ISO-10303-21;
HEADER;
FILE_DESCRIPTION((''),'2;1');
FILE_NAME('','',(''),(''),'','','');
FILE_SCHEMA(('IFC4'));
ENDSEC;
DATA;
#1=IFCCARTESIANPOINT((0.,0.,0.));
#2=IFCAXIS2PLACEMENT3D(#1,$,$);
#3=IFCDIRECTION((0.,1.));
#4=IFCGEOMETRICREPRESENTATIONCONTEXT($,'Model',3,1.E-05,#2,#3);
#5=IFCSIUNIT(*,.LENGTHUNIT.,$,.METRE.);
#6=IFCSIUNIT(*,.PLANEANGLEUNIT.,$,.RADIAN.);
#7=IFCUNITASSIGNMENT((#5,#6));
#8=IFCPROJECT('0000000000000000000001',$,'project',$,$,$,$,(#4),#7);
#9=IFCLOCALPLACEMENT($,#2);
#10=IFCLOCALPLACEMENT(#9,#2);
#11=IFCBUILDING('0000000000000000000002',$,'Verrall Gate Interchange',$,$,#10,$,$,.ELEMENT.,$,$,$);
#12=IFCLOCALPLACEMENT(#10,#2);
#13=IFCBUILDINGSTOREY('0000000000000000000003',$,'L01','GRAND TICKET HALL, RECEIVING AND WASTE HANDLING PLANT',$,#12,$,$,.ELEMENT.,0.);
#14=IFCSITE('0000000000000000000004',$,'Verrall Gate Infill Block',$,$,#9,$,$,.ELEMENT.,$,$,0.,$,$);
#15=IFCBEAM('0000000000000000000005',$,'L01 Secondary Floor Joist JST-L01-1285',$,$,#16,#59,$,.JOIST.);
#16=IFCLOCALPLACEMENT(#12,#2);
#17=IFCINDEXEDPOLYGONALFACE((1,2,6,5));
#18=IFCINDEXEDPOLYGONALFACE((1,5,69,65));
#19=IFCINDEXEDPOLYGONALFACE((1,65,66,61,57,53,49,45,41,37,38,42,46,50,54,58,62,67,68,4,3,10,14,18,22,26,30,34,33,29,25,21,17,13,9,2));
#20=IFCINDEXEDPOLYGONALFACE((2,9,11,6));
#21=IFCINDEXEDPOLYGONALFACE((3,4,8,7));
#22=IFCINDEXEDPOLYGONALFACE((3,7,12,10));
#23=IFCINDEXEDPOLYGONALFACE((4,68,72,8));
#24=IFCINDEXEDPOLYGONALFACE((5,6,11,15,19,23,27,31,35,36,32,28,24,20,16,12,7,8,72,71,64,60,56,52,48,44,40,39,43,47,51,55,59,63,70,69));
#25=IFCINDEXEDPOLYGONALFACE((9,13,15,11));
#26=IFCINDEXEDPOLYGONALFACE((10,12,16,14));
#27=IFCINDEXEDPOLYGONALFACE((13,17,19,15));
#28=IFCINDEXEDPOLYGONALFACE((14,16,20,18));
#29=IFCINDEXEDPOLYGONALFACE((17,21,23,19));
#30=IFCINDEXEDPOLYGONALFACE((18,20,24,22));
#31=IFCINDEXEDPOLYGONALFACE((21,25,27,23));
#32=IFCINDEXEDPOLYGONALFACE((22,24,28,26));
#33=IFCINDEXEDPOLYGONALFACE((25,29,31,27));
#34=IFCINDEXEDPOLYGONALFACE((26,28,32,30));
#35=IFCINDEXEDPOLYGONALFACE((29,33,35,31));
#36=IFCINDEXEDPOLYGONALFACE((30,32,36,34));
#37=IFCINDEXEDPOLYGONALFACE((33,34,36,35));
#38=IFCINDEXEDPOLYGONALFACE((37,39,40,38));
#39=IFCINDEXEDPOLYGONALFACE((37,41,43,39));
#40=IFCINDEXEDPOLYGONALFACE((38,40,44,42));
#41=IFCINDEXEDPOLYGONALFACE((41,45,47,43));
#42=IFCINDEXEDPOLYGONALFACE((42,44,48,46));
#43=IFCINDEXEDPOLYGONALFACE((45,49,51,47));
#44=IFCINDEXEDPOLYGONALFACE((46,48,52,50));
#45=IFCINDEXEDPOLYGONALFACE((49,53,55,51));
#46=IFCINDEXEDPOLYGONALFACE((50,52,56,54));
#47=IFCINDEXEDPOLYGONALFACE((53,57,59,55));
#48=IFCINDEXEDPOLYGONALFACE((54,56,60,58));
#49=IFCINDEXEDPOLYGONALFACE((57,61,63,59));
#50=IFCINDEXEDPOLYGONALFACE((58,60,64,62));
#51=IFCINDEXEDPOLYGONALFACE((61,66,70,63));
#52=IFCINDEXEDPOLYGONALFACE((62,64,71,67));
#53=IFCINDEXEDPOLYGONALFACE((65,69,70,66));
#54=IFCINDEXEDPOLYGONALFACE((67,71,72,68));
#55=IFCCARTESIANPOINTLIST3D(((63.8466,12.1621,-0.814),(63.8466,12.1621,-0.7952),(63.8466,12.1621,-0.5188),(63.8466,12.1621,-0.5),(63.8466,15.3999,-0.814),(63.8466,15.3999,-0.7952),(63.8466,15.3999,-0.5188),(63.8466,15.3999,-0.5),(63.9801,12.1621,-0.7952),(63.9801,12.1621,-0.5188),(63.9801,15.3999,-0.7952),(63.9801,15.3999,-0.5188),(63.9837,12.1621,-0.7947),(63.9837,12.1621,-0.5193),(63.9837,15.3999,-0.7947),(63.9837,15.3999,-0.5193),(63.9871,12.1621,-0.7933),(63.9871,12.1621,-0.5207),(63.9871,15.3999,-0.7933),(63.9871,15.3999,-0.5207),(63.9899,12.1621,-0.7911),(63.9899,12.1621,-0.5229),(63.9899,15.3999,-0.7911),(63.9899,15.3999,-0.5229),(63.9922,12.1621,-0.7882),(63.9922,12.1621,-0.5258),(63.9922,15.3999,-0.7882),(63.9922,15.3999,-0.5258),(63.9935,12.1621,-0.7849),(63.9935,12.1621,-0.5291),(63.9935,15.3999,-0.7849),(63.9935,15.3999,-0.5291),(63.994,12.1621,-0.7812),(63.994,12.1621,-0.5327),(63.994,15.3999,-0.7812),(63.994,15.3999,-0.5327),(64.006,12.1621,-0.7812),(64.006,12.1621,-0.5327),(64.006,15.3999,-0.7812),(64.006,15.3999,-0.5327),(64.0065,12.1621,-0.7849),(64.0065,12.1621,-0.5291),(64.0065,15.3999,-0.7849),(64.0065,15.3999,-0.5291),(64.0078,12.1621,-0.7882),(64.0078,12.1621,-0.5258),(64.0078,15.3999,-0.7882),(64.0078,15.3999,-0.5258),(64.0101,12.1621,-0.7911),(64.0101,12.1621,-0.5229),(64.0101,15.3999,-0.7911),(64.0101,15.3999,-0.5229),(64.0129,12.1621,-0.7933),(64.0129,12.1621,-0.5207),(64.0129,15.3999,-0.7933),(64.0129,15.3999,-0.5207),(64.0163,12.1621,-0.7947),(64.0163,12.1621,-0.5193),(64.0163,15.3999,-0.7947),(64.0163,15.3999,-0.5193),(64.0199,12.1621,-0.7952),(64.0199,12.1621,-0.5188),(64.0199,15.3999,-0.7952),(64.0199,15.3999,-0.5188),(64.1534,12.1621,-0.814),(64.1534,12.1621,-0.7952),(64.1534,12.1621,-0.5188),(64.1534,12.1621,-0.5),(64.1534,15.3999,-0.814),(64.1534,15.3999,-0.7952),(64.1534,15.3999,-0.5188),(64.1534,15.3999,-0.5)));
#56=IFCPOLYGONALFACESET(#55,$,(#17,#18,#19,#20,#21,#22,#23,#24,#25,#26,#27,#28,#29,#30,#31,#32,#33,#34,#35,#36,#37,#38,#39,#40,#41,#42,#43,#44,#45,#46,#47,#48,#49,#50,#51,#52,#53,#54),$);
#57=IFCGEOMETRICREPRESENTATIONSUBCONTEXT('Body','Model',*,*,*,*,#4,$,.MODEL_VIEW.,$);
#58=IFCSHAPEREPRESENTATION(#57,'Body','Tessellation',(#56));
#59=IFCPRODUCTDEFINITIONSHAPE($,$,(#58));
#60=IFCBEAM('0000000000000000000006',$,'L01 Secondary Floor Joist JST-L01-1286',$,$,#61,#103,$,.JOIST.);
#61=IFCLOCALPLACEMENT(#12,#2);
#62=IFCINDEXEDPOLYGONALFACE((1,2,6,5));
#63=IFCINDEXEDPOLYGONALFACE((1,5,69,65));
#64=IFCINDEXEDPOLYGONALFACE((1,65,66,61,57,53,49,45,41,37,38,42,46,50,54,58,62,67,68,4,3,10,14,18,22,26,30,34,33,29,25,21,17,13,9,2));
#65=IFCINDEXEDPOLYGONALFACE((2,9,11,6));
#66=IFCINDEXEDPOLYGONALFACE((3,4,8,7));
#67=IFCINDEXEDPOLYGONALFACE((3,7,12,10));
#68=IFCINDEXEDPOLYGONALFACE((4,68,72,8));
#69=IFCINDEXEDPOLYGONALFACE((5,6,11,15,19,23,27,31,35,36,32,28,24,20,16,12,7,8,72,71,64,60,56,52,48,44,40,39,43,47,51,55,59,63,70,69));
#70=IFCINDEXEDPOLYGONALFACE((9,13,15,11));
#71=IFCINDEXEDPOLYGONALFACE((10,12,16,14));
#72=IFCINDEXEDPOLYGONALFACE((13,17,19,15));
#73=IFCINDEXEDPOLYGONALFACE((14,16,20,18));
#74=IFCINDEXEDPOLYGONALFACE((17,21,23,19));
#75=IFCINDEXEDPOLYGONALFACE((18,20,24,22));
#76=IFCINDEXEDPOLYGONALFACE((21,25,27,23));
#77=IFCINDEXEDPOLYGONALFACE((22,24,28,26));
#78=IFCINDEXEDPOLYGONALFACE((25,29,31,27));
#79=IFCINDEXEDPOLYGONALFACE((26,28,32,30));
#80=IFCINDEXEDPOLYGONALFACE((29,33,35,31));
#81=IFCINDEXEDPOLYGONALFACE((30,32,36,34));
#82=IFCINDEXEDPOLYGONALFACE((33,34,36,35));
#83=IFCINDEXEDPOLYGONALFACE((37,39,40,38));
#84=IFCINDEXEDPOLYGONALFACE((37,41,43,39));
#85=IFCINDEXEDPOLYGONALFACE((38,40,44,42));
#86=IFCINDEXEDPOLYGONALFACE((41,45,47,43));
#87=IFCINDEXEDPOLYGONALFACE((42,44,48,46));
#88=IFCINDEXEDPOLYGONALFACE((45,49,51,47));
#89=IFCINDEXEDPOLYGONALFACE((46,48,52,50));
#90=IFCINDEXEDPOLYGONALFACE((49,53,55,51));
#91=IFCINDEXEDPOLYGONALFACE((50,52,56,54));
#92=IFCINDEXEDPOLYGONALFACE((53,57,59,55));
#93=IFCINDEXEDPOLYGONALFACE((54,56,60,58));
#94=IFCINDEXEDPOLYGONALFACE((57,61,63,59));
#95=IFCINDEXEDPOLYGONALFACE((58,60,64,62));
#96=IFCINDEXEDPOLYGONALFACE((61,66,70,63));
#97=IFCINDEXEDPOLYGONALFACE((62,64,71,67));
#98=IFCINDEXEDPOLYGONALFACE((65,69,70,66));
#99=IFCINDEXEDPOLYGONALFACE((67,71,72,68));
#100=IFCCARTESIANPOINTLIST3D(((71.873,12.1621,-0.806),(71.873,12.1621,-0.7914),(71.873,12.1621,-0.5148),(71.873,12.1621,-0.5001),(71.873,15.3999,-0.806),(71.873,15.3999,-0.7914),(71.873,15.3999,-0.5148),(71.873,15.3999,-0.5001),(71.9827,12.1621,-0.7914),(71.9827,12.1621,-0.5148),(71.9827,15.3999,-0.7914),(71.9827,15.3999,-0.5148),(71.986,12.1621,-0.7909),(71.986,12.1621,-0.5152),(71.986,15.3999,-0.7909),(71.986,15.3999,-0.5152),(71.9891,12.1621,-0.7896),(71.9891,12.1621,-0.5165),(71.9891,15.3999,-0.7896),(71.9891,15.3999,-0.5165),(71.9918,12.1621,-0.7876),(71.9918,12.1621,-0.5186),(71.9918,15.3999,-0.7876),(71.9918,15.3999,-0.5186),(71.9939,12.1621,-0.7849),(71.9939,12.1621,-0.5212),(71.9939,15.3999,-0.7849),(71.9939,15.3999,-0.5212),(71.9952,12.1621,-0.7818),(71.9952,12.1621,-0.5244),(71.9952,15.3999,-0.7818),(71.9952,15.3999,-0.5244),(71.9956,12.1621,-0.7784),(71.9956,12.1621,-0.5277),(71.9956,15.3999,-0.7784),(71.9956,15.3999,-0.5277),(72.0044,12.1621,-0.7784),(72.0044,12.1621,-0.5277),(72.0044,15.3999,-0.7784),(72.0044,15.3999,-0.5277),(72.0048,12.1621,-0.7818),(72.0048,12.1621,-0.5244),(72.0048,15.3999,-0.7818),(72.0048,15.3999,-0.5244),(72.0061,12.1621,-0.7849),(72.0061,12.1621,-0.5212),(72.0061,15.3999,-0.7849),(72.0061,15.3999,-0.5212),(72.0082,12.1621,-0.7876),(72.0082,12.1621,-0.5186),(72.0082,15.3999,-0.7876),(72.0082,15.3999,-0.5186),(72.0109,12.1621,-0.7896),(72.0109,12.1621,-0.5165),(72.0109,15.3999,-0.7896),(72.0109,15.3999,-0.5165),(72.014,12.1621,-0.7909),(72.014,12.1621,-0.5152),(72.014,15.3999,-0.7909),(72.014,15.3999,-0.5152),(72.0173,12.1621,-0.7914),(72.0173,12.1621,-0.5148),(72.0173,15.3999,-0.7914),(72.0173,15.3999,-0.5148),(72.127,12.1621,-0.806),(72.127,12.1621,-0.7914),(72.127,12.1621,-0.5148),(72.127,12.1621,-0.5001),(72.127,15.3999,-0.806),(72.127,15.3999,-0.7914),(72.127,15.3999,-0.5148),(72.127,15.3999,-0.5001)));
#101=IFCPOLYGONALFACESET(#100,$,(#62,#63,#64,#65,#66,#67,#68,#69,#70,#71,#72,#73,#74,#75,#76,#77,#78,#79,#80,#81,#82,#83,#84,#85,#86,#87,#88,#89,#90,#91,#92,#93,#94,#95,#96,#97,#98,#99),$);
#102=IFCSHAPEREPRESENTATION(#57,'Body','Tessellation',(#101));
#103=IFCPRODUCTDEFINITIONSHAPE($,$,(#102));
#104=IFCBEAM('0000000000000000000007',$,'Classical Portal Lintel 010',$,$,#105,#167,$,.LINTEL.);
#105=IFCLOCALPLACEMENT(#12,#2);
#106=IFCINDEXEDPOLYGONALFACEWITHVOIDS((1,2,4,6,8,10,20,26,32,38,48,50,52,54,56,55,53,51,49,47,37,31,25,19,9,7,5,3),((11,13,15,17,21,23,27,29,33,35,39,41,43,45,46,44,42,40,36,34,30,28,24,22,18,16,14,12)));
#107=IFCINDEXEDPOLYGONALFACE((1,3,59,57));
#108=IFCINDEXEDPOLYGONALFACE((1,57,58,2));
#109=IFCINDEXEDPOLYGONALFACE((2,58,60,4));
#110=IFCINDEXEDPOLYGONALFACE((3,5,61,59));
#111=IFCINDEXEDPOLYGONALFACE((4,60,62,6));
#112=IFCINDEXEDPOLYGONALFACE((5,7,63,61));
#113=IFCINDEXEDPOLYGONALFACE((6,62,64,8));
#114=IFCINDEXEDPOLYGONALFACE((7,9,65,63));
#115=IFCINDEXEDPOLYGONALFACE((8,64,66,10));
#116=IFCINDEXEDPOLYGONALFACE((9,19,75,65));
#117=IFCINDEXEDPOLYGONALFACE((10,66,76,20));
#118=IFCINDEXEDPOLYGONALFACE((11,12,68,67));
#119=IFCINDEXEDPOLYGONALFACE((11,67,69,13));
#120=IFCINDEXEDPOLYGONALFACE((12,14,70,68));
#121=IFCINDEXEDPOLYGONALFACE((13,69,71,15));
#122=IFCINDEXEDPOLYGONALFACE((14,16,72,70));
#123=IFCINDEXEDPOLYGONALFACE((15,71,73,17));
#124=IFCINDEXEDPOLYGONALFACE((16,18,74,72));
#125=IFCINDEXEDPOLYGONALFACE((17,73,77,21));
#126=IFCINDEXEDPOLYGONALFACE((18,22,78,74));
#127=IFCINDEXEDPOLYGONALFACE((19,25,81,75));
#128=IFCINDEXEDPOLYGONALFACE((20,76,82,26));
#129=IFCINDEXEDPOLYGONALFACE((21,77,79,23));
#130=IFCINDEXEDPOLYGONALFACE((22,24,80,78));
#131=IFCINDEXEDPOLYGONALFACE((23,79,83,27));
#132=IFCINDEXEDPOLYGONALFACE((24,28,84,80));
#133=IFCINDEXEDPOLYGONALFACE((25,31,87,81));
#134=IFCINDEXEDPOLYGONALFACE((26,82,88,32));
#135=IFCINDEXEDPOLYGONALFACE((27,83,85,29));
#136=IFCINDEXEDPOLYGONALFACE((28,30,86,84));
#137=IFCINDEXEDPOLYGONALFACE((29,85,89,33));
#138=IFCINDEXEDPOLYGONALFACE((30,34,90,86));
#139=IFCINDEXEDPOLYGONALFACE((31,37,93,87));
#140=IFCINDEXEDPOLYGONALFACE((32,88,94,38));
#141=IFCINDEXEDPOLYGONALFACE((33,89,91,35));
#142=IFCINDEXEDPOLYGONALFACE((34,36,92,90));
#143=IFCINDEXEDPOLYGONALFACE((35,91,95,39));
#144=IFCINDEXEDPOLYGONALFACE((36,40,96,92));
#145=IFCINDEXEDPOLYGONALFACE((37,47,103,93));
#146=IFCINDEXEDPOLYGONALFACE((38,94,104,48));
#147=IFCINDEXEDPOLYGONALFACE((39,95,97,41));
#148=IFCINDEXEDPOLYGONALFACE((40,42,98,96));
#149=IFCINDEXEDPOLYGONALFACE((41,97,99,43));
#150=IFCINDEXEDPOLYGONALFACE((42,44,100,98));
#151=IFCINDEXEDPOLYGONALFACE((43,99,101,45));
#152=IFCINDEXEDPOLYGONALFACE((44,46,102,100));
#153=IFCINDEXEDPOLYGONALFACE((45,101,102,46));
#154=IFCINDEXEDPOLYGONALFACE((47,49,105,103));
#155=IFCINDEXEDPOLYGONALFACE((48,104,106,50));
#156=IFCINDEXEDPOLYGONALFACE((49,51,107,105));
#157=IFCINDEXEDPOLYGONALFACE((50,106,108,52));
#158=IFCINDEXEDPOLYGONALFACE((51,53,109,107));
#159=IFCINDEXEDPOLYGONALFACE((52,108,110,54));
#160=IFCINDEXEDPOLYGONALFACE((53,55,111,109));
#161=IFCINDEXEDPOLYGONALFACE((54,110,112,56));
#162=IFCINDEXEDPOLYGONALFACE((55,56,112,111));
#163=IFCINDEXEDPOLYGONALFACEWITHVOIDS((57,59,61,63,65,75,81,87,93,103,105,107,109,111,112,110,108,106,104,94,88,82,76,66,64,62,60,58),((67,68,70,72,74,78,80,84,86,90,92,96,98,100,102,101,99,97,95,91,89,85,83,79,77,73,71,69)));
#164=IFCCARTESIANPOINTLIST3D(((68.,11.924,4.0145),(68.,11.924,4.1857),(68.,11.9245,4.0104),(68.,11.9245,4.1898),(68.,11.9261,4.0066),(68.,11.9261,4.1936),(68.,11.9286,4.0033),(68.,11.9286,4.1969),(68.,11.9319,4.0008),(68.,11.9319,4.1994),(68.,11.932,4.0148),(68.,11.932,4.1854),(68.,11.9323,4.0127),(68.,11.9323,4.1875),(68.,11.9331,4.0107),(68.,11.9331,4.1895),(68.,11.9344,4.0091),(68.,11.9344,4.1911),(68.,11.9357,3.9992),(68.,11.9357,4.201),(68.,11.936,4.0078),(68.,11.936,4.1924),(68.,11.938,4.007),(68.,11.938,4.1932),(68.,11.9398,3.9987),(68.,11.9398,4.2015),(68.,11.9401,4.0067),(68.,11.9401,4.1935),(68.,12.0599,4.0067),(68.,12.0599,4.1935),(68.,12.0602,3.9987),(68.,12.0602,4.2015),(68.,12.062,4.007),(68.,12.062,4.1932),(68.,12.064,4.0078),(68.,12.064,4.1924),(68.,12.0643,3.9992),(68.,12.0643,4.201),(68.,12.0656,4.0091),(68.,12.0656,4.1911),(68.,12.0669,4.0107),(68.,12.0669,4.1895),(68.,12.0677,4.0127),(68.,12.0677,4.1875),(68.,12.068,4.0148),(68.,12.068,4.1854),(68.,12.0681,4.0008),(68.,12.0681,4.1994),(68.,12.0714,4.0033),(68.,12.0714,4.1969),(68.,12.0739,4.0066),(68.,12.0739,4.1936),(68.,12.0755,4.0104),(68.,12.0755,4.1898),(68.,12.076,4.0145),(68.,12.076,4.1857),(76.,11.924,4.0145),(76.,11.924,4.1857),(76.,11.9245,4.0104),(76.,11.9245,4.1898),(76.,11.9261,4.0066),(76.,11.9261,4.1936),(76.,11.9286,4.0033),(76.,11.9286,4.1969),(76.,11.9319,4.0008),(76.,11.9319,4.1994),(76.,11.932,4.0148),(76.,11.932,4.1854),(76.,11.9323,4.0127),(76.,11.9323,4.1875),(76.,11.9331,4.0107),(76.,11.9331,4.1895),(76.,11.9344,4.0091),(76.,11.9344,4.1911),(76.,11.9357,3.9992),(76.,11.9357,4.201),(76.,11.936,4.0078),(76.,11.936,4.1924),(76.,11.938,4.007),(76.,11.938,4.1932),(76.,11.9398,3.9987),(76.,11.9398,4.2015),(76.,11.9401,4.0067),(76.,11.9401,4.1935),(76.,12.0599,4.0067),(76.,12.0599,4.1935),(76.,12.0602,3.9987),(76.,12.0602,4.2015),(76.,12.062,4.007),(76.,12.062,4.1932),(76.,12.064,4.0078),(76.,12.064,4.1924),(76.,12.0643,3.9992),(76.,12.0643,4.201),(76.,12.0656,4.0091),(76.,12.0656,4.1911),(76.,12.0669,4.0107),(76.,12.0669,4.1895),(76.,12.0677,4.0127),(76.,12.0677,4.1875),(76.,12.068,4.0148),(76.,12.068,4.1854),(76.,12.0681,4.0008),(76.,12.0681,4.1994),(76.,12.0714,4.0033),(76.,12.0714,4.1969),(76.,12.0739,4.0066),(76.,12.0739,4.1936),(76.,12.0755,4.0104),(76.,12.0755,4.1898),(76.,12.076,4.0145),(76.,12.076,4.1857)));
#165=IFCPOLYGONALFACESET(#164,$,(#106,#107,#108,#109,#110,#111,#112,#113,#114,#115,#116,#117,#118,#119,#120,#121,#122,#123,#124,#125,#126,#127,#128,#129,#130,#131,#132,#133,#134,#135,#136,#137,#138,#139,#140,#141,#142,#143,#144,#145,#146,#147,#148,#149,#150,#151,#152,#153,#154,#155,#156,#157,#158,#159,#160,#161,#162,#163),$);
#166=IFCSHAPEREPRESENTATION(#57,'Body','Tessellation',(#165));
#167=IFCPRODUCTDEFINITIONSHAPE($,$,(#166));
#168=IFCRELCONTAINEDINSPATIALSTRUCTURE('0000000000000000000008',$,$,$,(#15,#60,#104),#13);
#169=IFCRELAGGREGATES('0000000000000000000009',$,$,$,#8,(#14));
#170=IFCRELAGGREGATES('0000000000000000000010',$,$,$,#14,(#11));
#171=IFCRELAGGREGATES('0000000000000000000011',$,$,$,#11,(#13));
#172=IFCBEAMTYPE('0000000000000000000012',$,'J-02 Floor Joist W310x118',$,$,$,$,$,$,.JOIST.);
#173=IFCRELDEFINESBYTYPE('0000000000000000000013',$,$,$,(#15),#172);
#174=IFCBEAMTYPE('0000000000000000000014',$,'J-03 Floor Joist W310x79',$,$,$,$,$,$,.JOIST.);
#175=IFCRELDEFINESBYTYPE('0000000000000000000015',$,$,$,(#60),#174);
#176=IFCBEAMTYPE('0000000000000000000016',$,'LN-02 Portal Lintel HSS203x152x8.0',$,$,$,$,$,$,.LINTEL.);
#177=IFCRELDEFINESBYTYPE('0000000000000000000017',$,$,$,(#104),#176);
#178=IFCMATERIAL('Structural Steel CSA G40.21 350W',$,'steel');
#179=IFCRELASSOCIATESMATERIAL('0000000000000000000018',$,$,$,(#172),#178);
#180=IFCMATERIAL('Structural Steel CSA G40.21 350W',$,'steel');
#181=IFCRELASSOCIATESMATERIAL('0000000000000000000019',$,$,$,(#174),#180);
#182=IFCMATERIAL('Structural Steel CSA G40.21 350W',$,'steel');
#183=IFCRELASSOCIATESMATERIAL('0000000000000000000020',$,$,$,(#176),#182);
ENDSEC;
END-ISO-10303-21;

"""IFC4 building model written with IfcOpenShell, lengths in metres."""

from ifc_helpers import new_model, si_unit, direction, frame, origin, origin_2d, place, context, subcontext, project, spatial, hollow_rectangle, i_section, extrude, material, material_profile, profile_set, type_object, element, save


model = new_model("IFC4")

# Units and contexts
model_context = context("Model", 3, precision=1e-05, world=origin(), true_north=direction((0.0, 1.0)))
body_context = subcontext(model_context, "Body", "Model", "MODEL_VIEW")
ifc_project = project(units=[si_unit("LENGTHUNIT", "METRE"), si_unit("PLANEANGLEUNIT", "RADIAN")], contexts=[model_context])

# Site, building, storey
site_placement = place(None, origin())
site = spatial("IfcSite", under=ifc_project, at=site_placement, Name="Verrall Gate Infill Block", CompositionType="ELEMENT", RefElevation=0.0)
building_placement = place(site_placement, origin())
building = spatial("IfcBuilding", under=site, at=building_placement, Name="Verrall Gate Interchange", CompositionType="ELEMENT")
storey_placement = place(building_placement, origin())
storey = spatial("IfcBuildingStorey", under=building, at=storey_placement, Name="L01", Description="GRAND TICKET HALL, RECEIVING AND WASTE HANDLING PLANT", CompositionType="ELEMENT", Elevation=0.0)

# Beams
ifc_material_1 = material(Name="Structural Steel CSA G40.21 350W", Category="steel")
ifc_material_profile_1 = material_profile(ifc_material_1, i_section(OverallWidth=0.3069, OverallDepth=0.314, WebThickness=0.012, FlangeThickness=0.0188, FilletRadius=0.0139, at=origin_2d()), Name="W310x118")
ifc_profile_set_1 = profile_set([ifc_material_profile_1], Name="Structural Steel CSA G40.21 350W")
beam_type_1 = type_object("IfcBeamType", Name="J-02 Floor Joist W310x118", PredefinedType="JOIST", material=ifc_profile_set_1)
beam_1_placement = place(storey_placement, frame((64.0, 12.1621, -0.657), z_axis=(0.0, 1.0, 0.0), x_axis=(-1.0, 0.0, 0.0)))
element("IfcBeam", 1, at=beam_1_placement, inside=storey, type_object=beam_type_1, Name="L01 Secondary Floor Joist JST-L01-1285", PredefinedType="JOIST", context=body_context, shape_type="SweptSolid", body=[
    extrude(i_section(OverallWidth=0.3069, OverallDepth=0.314, WebThickness=0.012, FlangeThickness=0.0188, FilletRadius=0.0139, at=origin_2d()), origin(), (0.0, 0.0, 1.0), 3.2378),
])
ifc_material_2 = material(Name="Structural Steel CSA G40.21 350W", Category="steel")
ifc_material_profile_2 = material_profile(ifc_material_2, i_section(OverallWidth=0.2539, OverallDepth=0.3059, WebThickness=0.0088, FlangeThickness=0.0146, FilletRadius=0.0129, at=origin_2d()), Name="W310x79")
ifc_profile_set_2 = profile_set([ifc_material_profile_2], Name="Structural Steel CSA G40.21 350W")
beam_type_2 = type_object("IfcBeamType", Name="J-03 Floor Joist W310x79", PredefinedType="JOIST", material=ifc_profile_set_2)
beam_2_placement = place(storey_placement, frame((72.0, 12.1621, -0.6531), z_axis=(0.0, 1.0, 0.0), x_axis=(-1.0, 0.0, 0.0)))
element("IfcBeam", 2, at=beam_2_placement, inside=storey, type_object=beam_type_2, Name="L01 Secondary Floor Joist JST-L01-1286", PredefinedType="JOIST", context=body_context, shape_type="SweptSolid", body=[
    extrude(i_section(OverallWidth=0.2539, OverallDepth=0.3059, WebThickness=0.0088, FlangeThickness=0.0146, FilletRadius=0.0129, at=origin_2d()), origin(), (0.0, 0.0, 1.0), 3.2378),
])
ifc_material_3 = material(Name="Structural Steel CSA G40.21 350W", Category="steel")
ifc_material_profile_3 = material_profile(ifc_material_3, hollow_rectangle(XDim=0.1521, YDim=0.2029, WallThickness=0.0081, InnerFilletRadius=0.0081, OuterFilletRadius=0.0159, at=origin_2d()), Name="HSS203x152x8.0")
ifc_profile_set_3 = profile_set([ifc_material_profile_3], Name="Structural Steel CSA G40.21 350W")
beam_type_3 = type_object("IfcBeamType", Name="LN-02 Portal Lintel HSS203x152x8.0", PredefinedType="LINTEL", material=ifc_profile_set_3)
beam_3_placement = place(storey_placement, frame((68.0, 12.0, 4.1001), z_axis=(1.0, 0.0, 0.0), x_axis=(0.0, 1.0, 0.0)))
element("IfcBeam", 3, at=beam_3_placement, inside=storey, type_object=beam_type_3, Name="Classical Portal Lintel 010", PredefinedType="LINTEL", context=body_context, shape_type="SweptSolid", body=[
    extrude(hollow_rectangle(XDim=0.1521, YDim=0.2029, WallThickness=0.0081, InnerFilletRadius=0.0081, OuterFilletRadius=0.0159, at=origin_2d()), origin(), (0.0, 0.0, 1.0), 8.0),
])

save(model, "model.ifc")
